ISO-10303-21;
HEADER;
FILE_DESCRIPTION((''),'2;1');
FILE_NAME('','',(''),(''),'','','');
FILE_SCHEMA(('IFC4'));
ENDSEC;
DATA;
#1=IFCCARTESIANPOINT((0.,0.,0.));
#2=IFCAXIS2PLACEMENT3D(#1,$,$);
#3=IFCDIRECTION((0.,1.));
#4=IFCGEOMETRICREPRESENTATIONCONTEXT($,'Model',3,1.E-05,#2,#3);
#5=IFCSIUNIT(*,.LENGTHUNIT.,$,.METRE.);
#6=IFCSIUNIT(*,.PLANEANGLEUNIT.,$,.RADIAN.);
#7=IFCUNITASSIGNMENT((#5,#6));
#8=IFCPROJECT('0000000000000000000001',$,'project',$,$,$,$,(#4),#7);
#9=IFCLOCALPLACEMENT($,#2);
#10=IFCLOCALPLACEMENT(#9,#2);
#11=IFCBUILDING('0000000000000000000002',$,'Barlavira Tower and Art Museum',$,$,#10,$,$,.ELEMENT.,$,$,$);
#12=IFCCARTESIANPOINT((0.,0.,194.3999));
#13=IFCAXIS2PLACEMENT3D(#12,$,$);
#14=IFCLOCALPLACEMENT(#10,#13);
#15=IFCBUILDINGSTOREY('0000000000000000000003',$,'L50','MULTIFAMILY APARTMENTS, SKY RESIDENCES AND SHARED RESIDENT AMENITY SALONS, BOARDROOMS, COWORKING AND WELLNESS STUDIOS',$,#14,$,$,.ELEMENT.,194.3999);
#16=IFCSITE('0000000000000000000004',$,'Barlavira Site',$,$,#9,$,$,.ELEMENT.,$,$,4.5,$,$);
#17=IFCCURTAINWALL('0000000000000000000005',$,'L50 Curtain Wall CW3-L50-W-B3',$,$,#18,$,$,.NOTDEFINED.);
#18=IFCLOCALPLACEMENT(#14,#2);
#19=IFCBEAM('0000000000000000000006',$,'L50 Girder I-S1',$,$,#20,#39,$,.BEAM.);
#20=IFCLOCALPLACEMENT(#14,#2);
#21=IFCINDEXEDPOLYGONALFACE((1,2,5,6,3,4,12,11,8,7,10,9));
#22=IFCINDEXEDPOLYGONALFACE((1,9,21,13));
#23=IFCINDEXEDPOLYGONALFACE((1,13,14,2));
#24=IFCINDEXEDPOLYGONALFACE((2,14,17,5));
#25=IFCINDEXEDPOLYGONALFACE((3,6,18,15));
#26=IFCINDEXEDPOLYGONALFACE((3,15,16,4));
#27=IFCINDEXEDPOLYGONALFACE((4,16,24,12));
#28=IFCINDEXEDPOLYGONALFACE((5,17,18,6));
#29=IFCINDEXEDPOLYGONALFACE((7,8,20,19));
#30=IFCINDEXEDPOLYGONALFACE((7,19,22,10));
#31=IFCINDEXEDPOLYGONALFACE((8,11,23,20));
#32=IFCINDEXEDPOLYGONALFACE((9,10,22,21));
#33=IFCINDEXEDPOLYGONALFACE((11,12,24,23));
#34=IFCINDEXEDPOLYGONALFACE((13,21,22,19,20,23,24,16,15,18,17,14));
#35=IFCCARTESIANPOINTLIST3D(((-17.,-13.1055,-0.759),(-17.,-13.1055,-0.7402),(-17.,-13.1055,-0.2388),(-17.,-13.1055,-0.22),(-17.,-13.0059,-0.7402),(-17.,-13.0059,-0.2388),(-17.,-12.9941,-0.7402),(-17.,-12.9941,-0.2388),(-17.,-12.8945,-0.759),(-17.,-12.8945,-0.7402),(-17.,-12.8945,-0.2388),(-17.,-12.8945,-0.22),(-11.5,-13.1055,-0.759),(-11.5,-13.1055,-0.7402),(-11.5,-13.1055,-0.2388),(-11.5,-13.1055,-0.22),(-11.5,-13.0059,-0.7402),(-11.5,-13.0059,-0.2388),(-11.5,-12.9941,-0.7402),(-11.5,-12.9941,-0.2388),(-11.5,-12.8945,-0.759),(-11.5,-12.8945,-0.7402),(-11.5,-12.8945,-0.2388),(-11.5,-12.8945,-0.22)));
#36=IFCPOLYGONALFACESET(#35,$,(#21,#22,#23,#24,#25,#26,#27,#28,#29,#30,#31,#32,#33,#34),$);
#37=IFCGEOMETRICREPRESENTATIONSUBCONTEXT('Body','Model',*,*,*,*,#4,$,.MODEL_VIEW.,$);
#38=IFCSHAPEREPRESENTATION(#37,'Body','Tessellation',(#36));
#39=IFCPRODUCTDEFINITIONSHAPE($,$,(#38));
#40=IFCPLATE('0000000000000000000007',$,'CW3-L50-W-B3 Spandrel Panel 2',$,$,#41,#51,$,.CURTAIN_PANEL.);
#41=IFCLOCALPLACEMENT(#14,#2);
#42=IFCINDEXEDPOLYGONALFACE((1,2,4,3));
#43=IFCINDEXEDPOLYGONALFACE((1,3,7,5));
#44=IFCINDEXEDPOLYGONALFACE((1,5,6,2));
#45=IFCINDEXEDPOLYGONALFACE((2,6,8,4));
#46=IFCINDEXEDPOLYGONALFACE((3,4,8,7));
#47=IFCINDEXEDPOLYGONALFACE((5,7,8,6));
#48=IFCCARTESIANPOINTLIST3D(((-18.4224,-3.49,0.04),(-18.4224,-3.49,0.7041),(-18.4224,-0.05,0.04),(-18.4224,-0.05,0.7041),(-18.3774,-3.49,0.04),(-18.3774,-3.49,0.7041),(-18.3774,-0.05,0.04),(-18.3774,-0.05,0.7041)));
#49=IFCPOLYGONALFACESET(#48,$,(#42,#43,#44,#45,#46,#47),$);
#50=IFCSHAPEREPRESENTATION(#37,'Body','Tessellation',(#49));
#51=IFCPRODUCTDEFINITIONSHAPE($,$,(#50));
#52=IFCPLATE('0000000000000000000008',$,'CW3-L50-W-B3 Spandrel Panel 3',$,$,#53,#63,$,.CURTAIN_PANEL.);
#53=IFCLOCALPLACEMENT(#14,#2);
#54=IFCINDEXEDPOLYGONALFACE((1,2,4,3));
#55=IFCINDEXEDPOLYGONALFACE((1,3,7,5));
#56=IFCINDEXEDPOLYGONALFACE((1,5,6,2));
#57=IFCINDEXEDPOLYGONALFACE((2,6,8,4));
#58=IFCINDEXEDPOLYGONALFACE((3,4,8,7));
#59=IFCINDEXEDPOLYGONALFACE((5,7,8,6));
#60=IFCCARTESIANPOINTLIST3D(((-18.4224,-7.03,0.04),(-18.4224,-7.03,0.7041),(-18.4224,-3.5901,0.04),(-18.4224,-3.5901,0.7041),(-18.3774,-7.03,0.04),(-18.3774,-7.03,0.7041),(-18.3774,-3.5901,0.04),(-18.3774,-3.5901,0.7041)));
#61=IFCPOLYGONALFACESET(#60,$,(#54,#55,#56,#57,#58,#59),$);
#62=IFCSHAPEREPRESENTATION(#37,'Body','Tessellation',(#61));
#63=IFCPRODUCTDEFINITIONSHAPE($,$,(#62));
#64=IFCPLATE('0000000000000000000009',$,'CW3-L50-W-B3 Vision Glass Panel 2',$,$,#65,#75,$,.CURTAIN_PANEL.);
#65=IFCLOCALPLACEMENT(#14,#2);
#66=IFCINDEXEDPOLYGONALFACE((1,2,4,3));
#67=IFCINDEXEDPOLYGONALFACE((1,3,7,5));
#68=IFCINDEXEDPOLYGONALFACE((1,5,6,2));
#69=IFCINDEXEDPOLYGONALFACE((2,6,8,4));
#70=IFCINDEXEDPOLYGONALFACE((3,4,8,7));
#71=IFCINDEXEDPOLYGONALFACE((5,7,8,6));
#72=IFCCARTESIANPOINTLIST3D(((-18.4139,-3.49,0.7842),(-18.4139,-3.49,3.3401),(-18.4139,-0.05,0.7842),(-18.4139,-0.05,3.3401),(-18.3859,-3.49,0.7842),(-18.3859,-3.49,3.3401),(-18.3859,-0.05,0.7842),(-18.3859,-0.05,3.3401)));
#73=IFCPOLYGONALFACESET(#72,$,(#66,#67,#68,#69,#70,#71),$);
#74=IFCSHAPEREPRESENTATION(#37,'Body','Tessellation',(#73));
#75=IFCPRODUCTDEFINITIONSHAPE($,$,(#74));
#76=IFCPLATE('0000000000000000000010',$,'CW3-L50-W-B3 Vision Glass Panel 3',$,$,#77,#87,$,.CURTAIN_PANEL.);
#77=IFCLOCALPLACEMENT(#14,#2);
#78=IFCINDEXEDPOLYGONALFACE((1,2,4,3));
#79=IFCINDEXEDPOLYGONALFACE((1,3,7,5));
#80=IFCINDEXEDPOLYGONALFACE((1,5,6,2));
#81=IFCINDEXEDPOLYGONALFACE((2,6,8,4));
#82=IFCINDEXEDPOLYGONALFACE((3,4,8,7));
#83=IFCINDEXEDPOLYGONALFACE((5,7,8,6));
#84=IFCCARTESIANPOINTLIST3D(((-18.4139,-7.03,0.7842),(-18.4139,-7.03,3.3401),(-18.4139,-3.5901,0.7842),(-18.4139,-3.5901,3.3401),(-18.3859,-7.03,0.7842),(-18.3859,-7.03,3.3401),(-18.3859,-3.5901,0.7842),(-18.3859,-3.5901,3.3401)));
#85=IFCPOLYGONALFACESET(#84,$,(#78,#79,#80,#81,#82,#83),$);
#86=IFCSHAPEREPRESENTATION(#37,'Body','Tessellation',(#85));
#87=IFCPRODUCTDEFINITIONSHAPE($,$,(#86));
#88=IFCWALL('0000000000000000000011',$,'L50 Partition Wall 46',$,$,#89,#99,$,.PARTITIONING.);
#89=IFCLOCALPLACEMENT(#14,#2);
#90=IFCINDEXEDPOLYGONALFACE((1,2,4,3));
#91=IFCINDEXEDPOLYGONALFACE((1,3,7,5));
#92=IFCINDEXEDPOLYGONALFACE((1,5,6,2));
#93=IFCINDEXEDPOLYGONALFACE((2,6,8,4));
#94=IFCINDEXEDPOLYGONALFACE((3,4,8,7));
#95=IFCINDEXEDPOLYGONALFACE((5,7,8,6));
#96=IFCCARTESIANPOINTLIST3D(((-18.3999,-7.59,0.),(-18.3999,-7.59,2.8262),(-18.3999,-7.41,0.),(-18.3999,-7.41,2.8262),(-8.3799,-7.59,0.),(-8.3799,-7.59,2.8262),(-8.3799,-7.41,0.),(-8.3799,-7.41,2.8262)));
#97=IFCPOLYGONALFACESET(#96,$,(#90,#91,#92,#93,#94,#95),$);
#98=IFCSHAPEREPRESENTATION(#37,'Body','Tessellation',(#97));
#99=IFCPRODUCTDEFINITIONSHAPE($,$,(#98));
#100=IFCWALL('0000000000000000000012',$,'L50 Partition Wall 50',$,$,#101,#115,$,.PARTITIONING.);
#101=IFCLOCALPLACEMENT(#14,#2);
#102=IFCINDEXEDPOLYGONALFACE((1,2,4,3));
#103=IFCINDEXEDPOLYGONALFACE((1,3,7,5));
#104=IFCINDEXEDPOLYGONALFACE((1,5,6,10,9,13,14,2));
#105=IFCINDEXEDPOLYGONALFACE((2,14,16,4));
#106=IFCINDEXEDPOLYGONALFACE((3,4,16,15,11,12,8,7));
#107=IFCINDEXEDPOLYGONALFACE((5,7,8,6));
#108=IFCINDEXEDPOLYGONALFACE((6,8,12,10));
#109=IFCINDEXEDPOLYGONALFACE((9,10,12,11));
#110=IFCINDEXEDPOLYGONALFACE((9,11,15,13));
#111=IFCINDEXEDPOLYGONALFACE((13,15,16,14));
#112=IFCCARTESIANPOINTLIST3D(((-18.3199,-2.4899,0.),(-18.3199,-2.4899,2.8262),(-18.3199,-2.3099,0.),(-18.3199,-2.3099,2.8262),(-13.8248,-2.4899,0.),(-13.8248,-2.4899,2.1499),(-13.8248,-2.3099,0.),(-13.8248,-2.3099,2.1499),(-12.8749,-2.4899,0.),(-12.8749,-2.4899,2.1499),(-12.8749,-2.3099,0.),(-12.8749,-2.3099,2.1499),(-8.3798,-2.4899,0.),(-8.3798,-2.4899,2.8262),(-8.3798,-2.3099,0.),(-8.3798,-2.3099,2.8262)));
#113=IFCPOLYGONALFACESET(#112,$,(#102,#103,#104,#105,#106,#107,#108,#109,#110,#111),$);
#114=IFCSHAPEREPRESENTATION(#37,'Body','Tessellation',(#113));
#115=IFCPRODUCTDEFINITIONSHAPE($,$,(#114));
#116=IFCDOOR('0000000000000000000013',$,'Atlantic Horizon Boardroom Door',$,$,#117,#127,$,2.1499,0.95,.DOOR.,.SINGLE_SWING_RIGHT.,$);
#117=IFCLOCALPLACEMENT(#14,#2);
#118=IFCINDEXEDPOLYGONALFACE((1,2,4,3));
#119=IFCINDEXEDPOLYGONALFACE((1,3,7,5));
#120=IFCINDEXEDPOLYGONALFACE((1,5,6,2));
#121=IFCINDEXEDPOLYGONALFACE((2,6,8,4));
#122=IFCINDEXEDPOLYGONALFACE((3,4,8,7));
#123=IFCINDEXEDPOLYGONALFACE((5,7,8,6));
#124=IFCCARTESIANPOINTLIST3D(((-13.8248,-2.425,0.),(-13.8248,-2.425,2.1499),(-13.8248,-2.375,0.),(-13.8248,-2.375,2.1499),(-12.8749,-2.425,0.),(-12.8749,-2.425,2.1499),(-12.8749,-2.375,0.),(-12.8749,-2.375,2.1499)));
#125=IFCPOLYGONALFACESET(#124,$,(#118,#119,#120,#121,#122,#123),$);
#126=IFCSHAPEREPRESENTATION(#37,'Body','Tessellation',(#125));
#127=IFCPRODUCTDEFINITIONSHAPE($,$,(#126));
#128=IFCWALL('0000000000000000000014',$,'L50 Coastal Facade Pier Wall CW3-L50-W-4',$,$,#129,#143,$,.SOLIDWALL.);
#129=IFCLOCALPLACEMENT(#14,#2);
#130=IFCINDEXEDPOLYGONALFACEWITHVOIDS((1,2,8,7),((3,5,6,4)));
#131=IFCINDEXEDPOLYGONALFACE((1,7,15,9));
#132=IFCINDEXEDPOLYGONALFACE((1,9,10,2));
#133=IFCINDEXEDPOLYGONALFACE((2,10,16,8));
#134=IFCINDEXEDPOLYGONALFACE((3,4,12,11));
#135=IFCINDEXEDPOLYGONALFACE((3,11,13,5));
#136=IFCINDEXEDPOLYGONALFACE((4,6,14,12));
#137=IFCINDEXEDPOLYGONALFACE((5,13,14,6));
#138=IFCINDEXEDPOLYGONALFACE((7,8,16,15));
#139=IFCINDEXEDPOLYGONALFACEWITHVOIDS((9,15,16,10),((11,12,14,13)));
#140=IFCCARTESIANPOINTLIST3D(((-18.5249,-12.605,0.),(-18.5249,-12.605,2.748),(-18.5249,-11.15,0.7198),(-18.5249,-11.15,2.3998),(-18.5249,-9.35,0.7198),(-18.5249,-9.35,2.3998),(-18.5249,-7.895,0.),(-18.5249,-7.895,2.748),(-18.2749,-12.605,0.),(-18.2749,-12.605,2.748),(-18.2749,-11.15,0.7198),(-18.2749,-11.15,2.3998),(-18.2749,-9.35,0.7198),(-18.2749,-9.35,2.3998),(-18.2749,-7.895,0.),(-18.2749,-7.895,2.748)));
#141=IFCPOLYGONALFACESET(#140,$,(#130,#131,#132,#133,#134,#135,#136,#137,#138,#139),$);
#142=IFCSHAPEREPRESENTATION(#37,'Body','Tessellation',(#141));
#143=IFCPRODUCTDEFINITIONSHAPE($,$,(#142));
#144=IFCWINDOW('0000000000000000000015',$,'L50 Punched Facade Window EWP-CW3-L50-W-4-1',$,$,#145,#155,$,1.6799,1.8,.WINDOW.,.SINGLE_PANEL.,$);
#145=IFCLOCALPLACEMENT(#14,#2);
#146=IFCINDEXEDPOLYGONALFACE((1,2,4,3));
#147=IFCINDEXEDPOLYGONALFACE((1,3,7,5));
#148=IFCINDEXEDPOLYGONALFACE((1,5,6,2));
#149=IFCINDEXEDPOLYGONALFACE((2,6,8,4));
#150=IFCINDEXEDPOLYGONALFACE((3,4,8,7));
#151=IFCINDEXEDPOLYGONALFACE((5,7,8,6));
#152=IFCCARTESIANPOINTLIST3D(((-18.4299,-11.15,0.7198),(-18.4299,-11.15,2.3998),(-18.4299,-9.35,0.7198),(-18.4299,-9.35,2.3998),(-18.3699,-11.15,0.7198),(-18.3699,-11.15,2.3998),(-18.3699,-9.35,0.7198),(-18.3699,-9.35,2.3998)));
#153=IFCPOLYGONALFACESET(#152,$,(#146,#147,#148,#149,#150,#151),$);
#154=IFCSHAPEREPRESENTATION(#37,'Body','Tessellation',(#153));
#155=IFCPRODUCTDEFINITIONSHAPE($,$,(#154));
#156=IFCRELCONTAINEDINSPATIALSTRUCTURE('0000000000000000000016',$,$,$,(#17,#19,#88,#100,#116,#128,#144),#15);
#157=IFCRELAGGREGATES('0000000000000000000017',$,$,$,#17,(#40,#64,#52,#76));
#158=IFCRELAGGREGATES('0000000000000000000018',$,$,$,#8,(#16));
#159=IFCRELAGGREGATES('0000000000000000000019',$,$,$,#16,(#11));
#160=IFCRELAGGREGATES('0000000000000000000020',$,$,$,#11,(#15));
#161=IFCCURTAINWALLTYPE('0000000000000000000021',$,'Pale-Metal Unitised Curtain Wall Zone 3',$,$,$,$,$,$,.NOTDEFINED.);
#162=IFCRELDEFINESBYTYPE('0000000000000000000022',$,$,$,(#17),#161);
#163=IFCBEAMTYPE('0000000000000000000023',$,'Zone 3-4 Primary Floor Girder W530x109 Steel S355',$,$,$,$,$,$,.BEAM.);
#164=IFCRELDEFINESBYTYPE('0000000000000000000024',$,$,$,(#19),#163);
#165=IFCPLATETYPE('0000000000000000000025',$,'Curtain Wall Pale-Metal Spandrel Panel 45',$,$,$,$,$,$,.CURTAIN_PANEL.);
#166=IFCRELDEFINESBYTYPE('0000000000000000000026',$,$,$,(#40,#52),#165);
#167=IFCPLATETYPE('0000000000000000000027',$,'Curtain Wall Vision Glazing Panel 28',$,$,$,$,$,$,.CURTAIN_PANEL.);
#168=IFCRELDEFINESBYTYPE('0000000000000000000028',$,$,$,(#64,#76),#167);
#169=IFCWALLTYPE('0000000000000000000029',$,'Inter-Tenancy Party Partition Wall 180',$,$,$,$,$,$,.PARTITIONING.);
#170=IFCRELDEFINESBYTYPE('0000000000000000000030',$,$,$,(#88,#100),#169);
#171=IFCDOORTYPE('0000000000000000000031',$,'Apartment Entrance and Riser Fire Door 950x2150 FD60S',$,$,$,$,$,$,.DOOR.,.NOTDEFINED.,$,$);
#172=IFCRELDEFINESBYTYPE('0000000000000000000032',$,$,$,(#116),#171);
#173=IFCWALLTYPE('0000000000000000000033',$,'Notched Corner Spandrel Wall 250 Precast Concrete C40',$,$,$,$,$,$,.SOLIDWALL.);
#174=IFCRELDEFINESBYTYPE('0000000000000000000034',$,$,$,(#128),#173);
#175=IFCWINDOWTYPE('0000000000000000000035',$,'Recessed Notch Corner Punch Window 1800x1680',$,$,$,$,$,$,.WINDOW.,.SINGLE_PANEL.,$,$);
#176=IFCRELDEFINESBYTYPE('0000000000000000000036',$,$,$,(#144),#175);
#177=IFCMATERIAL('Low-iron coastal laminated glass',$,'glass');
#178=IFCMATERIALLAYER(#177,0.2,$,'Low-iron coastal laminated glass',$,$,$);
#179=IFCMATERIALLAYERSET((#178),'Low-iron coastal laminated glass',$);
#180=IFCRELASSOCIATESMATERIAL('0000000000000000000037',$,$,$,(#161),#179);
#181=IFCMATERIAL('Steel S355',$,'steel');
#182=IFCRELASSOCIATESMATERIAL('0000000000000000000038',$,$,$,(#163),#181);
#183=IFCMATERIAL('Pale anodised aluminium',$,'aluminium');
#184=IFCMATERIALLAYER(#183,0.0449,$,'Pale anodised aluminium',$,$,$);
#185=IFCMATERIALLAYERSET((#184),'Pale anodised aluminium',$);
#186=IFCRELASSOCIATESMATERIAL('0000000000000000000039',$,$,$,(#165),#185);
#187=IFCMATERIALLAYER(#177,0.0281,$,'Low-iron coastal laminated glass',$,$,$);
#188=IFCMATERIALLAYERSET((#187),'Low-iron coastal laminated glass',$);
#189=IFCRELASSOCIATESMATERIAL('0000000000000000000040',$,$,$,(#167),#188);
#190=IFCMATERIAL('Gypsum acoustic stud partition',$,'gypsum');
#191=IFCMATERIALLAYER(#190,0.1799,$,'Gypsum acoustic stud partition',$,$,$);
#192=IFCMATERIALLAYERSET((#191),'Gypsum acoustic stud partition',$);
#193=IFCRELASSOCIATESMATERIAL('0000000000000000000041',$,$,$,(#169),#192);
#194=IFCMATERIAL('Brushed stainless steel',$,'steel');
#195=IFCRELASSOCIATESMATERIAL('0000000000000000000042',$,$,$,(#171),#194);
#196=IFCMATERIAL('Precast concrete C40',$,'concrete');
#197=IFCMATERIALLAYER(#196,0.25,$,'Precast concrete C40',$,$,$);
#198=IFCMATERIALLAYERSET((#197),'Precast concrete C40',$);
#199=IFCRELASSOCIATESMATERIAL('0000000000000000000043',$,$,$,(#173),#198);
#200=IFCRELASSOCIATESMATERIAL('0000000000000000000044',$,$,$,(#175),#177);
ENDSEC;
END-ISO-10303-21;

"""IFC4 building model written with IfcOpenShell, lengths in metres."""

from ifc_helpers import new_model, si_unit, direction, frame, frame_2d, origin, origin_2d, place, context, subcontext, project, spatial, rectangle, i_section, extrude, material, layer, layer_set, material_profile, profile_set, type_object, element, fill, aggregate, save


model = new_model("IFC4")

# Units and contexts
model_context = context("Model", 3, precision=1e-05, world=origin(), true_north=direction((0.0, 1.0)))
body_context = subcontext(model_context, "Body", "Model", "MODEL_VIEW")
ifc_project = project(units=[si_unit("LENGTHUNIT", "METRE"), si_unit("PLANEANGLEUNIT", "RADIAN")], contexts=[model_context])

# Site, building, storey
site_placement = place(None, origin())
site = spatial("IfcSite", under=ifc_project, at=site_placement, Name="Barlavira Site", CompositionType="ELEMENT", RefElevation=4.5)
building_placement = place(site_placement, origin())
building = spatial("IfcBuilding", under=site, at=building_placement, Name="Barlavira Tower and Art Museum", CompositionType="ELEMENT")
storey_placement = place(building_placement, frame((0.0, 0.0, 194.3999)))
storey = spatial("IfcBuildingStorey", under=building, at=storey_placement, Name="L50", Description="MULTIFAMILY APARTMENTS, SKY RESIDENCES AND SHARED RESIDENT AMENITY SALONS, BOARDROOMS, COWORKING AND WELLNESS STUDIOS", CompositionType="ELEMENT", Elevation=194.3999)

# Curtain wall
ifc_material_1 = material(Name="Low-iron coastal laminated glass", Category="glass")
ifc_layer_1 = layer(ifc_material_1, 0.2, Name="Low-iron coastal laminated glass")
ifc_layer_set_1 = layer_set([ifc_layer_1], Name="Low-iron coastal laminated glass")
curtain_wall_type = type_object("IfcCurtainWallType", Name="Pale-Metal Unitised Curtain Wall Zone 3", PredefinedType="NOTDEFINED", material=ifc_layer_set_1)
curtain_wall_placement = place(storey_placement, origin())
curtain_wall = element("IfcCurtainWall", 1, at=curtain_wall_placement, inside=storey, type_object=curtain_wall_type, Name="L50 Curtain Wall CW3-L50-W-B3", PredefinedType="NOTDEFINED")
ifc_material_2 = material(Name="Pale anodised aluminium", Category="aluminium")

# Shared definitions
ifc_material_3 = material(Name="Steel S355", Category="steel")

# Beam
ifc_material_profile_1 = material_profile(ifc_material_3, i_section(OverallWidth=0.2109, OverallDepth=0.5391, WebThickness=0.0117, FlangeThickness=0.0188, at=origin_2d()), Name="W530x109.0")
ifc_profile_set_1 = profile_set([ifc_material_profile_1], Name="Steel S355")
beam_type_1 = type_object("IfcBeamType", Name="Zone 3-4 Primary Floor Girder W530x109 Steel S355", PredefinedType="BEAM", material=ifc_profile_set_1)
beam_1_placement = place(storey_placement, frame((-17.0, -13.0, -0.4895), z_axis=(1.0, 0.0, 0.0), x_axis=(0.0, 1.0, 0.0)))
element("IfcBeam", 2, at=beam_1_placement, inside=storey, type_object=beam_type_1, Name="L50 Girder I-S1", PredefinedType="BEAM", context=body_context, shape_type="SweptSolid", body=[
    extrude(i_section(OverallWidth=0.2109, OverallDepth=0.5391, WebThickness=0.0117, FlangeThickness=0.0188, at=origin_2d()), origin(), (0.0, 0.0, 1.0), 5.5),
])

# Plates
ifc_layer_2 = layer(ifc_material_2, 0.0449, Name="Pale anodised aluminium")
ifc_layer_set_2 = layer_set([ifc_layer_2], Name="Pale anodised aluminium")
plate_type_1 = type_object("IfcPlateType", Name="Curtain Wall Pale-Metal Spandrel Panel 45", PredefinedType="CURTAIN_PANEL", material=ifc_layer_set_2)
plate_1_placement = place(storey_placement, frame((-18.3999, -1.77, 0.04), z_axis=(0.0, 0.0, 1.0), x_axis=(0.0, -1.0, 0.0)))
plate_1 = element("IfcPlate", 3, at=plate_1_placement, type_object=plate_type_1, Name="CW3-L50-W-B3 Spandrel Panel 2", PredefinedType="CURTAIN_PANEL", context=body_context, shape_type="SweptSolid", body=[
    extrude(rectangle(XDim=3.4399, YDim=0.0449, at=origin_2d()), origin(), (0.0, 0.0, 1.0), 0.6641),
])
plate_2_placement = place(storey_placement, frame((-18.3999, -5.3101, 0.04), z_axis=(0.0, 0.0, 1.0), x_axis=(0.0, -1.0, 0.0)))
plate_2 = element("IfcPlate", 4, at=plate_2_placement, type_object=plate_type_1, Name="CW3-L50-W-B3 Spandrel Panel 3", PredefinedType="CURTAIN_PANEL", context=body_context, shape_type="SweptSolid", body=[
    extrude(rectangle(XDim=3.4399, YDim=0.0449, at=origin_2d()), origin(), (0.0, 0.0, 1.0), 0.6641),
])
ifc_layer_3 = layer(ifc_material_1, 0.0281, Name="Low-iron coastal laminated glass")
ifc_layer_set_3 = layer_set([ifc_layer_3], Name="Low-iron coastal laminated glass")
plate_type_2 = type_object("IfcPlateType", Name="Curtain Wall Vision Glazing Panel 28", PredefinedType="CURTAIN_PANEL", material=ifc_layer_set_3)
plate_3_placement = place(storey_placement, frame((-18.3999, -1.77, 0.7842), z_axis=(0.0, 0.0, 1.0), x_axis=(0.0, -1.0, 0.0)))
plate_3 = element("IfcPlate", 5, at=plate_3_placement, type_object=plate_type_2, Name="CW3-L50-W-B3 Vision Glass Panel 2", PredefinedType="CURTAIN_PANEL", context=body_context, shape_type="SweptSolid", body=[
    extrude(rectangle(XDim=3.4399, YDim=0.0281, at=origin_2d()), origin(), (0.0, 0.0, 1.0), 2.5559),
])
plate_4_placement = place(storey_placement, frame((-18.3999, -5.3101, 0.7842), z_axis=(0.0, 0.0, 1.0), x_axis=(0.0, -1.0, 0.0)))
plate_4 = element("IfcPlate", 6, at=plate_4_placement, type_object=plate_type_2, Name="CW3-L50-W-B3 Vision Glass Panel 3", PredefinedType="CURTAIN_PANEL", context=body_context, shape_type="SweptSolid", body=[
    extrude(rectangle(XDim=3.4399, YDim=0.0281, at=origin_2d()), origin(), (0.0, 0.0, 1.0), 2.5559),
])
aggregate(curtain_wall, [plate_1, plate_3, plate_2, plate_4])

# Shared definitions
ifc_material_4 = material(Name="Gypsum acoustic stud partition", Category="gypsum")
ifc_layer_4 = layer(ifc_material_4, 0.1799, Name="Gypsum acoustic stud partition")
ifc_layer_set_4 = layer_set([ifc_layer_4], Name="Gypsum acoustic stud partition")
wall_type_1 = type_object("IfcWallType", Name="Inter-Tenancy Party Partition Wall 180", PredefinedType="PARTITIONING", material=ifc_layer_set_4)
ifc_material_5 = material(Name="Brushed stainless steel", Category="steel")
door_type = type_object("IfcDoorType", Name="Apartment Entrance and Riser Fire Door 950x2150 FD60S", OperationType="NOTDEFINED", PredefinedType="DOOR", material=ifc_material_5)

# Wall
wall_1_placement = place(storey_placement, frame((-18.3999, -7.5, 0.0), z_axis=(0.0, 0.0, 1.0), x_axis=(1.0, 0.0, 0.0)))
element("IfcWall", 7, at=wall_1_placement, inside=storey, type_object=wall_type_1, Name="L50 Partition Wall 46", PredefinedType="PARTITIONING", context=body_context, shape_type="SweptSolid", body=[
    extrude(rectangle(XDim=10.02, YDim=0.1799, at=frame_2d((5.01, 0.0))), origin(), (0.0, 0.0, 1.0), 2.8262),
])

# Wall, opening, door
wall_2_placement = place(storey_placement, frame((-18.3201, -2.3999, 0.0), z_axis=(0.0, 0.0, 1.0), x_axis=(1.0, 0.0, 0.0)))
wall_2 = element("IfcWall", 8, at=wall_2_placement, inside=storey, type_object=wall_type_1, Name="L50 Partition Wall 50", PredefinedType="PARTITIONING", context=body_context, shape_type="SweptSolid", body=[
    extrude(rectangle(XDim=9.9402, YDim=0.1799, at=frame_2d((4.9702, 0.0))), origin(), (0.0, 0.0, 1.0), 2.8262),
])
opening_1_placement = place(wall_2_placement, frame((4.4951, 0.0, 0.0)))
opening_1 = element("IfcOpeningElement", 9, at=opening_1_placement, cuts=wall_2, PredefinedType="OPENING", context=body_context, shape_type="SweptSolid", body=[
    extrude(rectangle(XDim=0.95, YDim=2.1499, at=frame_2d((0.4751, 1.075))), frame((0.0, 0.1001, 0.0), z_axis=(0.0, -1.0, 0.0), x_axis=(1.0, 0.0, 0.0)), (0.0, 0.0, 1.0), 0.2),
])
door_1_placement = place(opening_1_placement, origin())
door_1 = element("IfcDoor", 10, at=door_1_placement, inside=storey, type_object=door_type, Name="Atlantic Horizon Boardroom Door", OperationType="SINGLE_SWING_RIGHT", OverallHeight=2.1499, OverallWidth=0.95, PredefinedType="DOOR", context=body_context, shape_type="SweptSolid", body=[
    extrude(rectangle(XDim=0.95, YDim=2.1499, at=frame_2d((0.4751, 1.075))), frame((0.0, 0.0249, 0.0), z_axis=(0.0, -1.0, 0.0), x_axis=(1.0, 0.0, 0.0)), (0.0, 0.0, 1.0), 0.05),
])
fill(opening_1, door_1)

# Wall, opening, window
ifc_material_6 = material(Name="Precast concrete C40", Category="concrete")
ifc_layer_5 = layer(ifc_material_6, 0.25, Name="Precast concrete C40")
ifc_layer_set_5 = layer_set([ifc_layer_5], Name="Precast concrete C40")
wall_type_2 = type_object("IfcWallType", Name="Notched Corner Spandrel Wall 250 Precast Concrete C40", PredefinedType="SOLIDWALL", material=ifc_layer_set_5)
wall_3_placement = place(storey_placement, frame((-18.3999, -7.895, 0.0), z_axis=(0.0, 0.0, 1.0), x_axis=(0.0, -1.0, 0.0)))
wall_3 = element("IfcWall", 11, at=wall_3_placement, inside=storey, type_object=wall_type_2, Name="L50 Coastal Facade Pier Wall CW3-L50-W-4", PredefinedType="SOLIDWALL", context=body_context, shape_type="SweptSolid", body=[
    extrude(rectangle(XDim=4.71, YDim=0.25, at=frame_2d((2.355, 0.0))), origin(), (0.0, 0.0, 1.0), 2.748),
])
opening_2_placement = place(wall_3_placement, frame((1.4551, 0.0, 0.72)))
opening_2 = element("IfcOpeningElement", 12, at=opening_2_placement, cuts=wall_3, PredefinedType="OPENING", context=body_context, shape_type="SweptSolid", body=[
    extrude(rectangle(XDim=1.8, YDim=1.6799, at=frame_2d((0.8999, 0.8398))), frame((0.0, 0.135, 0.0), z_axis=(0.0, -1.0, 0.0), x_axis=(1.0, 0.0, 0.0)), (0.0, 0.0, 1.0), 0.27),
])
window_type = type_object("IfcWindowType", Name="Recessed Notch Corner Punch Window 1800x1680", PartitioningType="SINGLE_PANEL", PredefinedType="WINDOW", material=ifc_material_1)
window_placement = place(opening_2_placement, origin())
window = element("IfcWindow", 13, at=window_placement, inside=storey, type_object=window_type, Name="L50 Punched Facade Window EWP-CW3-L50-W-4-1", OverallHeight=1.6799, OverallWidth=1.8, PartitioningType="SINGLE_PANEL", PredefinedType="WINDOW", context=body_context, shape_type="SweptSolid", body=[
    extrude(rectangle(XDim=1.8, YDim=1.6799, at=frame_2d((0.8999, 0.8398))), frame((0.0, 0.03, 0.0), z_axis=(0.0, -1.0, 0.0), x_axis=(1.0, 0.0, 0.0)), (0.0, 0.0, 1.0), 0.0601),
])
fill(opening_2, window)

save(model, "model.ifc")
